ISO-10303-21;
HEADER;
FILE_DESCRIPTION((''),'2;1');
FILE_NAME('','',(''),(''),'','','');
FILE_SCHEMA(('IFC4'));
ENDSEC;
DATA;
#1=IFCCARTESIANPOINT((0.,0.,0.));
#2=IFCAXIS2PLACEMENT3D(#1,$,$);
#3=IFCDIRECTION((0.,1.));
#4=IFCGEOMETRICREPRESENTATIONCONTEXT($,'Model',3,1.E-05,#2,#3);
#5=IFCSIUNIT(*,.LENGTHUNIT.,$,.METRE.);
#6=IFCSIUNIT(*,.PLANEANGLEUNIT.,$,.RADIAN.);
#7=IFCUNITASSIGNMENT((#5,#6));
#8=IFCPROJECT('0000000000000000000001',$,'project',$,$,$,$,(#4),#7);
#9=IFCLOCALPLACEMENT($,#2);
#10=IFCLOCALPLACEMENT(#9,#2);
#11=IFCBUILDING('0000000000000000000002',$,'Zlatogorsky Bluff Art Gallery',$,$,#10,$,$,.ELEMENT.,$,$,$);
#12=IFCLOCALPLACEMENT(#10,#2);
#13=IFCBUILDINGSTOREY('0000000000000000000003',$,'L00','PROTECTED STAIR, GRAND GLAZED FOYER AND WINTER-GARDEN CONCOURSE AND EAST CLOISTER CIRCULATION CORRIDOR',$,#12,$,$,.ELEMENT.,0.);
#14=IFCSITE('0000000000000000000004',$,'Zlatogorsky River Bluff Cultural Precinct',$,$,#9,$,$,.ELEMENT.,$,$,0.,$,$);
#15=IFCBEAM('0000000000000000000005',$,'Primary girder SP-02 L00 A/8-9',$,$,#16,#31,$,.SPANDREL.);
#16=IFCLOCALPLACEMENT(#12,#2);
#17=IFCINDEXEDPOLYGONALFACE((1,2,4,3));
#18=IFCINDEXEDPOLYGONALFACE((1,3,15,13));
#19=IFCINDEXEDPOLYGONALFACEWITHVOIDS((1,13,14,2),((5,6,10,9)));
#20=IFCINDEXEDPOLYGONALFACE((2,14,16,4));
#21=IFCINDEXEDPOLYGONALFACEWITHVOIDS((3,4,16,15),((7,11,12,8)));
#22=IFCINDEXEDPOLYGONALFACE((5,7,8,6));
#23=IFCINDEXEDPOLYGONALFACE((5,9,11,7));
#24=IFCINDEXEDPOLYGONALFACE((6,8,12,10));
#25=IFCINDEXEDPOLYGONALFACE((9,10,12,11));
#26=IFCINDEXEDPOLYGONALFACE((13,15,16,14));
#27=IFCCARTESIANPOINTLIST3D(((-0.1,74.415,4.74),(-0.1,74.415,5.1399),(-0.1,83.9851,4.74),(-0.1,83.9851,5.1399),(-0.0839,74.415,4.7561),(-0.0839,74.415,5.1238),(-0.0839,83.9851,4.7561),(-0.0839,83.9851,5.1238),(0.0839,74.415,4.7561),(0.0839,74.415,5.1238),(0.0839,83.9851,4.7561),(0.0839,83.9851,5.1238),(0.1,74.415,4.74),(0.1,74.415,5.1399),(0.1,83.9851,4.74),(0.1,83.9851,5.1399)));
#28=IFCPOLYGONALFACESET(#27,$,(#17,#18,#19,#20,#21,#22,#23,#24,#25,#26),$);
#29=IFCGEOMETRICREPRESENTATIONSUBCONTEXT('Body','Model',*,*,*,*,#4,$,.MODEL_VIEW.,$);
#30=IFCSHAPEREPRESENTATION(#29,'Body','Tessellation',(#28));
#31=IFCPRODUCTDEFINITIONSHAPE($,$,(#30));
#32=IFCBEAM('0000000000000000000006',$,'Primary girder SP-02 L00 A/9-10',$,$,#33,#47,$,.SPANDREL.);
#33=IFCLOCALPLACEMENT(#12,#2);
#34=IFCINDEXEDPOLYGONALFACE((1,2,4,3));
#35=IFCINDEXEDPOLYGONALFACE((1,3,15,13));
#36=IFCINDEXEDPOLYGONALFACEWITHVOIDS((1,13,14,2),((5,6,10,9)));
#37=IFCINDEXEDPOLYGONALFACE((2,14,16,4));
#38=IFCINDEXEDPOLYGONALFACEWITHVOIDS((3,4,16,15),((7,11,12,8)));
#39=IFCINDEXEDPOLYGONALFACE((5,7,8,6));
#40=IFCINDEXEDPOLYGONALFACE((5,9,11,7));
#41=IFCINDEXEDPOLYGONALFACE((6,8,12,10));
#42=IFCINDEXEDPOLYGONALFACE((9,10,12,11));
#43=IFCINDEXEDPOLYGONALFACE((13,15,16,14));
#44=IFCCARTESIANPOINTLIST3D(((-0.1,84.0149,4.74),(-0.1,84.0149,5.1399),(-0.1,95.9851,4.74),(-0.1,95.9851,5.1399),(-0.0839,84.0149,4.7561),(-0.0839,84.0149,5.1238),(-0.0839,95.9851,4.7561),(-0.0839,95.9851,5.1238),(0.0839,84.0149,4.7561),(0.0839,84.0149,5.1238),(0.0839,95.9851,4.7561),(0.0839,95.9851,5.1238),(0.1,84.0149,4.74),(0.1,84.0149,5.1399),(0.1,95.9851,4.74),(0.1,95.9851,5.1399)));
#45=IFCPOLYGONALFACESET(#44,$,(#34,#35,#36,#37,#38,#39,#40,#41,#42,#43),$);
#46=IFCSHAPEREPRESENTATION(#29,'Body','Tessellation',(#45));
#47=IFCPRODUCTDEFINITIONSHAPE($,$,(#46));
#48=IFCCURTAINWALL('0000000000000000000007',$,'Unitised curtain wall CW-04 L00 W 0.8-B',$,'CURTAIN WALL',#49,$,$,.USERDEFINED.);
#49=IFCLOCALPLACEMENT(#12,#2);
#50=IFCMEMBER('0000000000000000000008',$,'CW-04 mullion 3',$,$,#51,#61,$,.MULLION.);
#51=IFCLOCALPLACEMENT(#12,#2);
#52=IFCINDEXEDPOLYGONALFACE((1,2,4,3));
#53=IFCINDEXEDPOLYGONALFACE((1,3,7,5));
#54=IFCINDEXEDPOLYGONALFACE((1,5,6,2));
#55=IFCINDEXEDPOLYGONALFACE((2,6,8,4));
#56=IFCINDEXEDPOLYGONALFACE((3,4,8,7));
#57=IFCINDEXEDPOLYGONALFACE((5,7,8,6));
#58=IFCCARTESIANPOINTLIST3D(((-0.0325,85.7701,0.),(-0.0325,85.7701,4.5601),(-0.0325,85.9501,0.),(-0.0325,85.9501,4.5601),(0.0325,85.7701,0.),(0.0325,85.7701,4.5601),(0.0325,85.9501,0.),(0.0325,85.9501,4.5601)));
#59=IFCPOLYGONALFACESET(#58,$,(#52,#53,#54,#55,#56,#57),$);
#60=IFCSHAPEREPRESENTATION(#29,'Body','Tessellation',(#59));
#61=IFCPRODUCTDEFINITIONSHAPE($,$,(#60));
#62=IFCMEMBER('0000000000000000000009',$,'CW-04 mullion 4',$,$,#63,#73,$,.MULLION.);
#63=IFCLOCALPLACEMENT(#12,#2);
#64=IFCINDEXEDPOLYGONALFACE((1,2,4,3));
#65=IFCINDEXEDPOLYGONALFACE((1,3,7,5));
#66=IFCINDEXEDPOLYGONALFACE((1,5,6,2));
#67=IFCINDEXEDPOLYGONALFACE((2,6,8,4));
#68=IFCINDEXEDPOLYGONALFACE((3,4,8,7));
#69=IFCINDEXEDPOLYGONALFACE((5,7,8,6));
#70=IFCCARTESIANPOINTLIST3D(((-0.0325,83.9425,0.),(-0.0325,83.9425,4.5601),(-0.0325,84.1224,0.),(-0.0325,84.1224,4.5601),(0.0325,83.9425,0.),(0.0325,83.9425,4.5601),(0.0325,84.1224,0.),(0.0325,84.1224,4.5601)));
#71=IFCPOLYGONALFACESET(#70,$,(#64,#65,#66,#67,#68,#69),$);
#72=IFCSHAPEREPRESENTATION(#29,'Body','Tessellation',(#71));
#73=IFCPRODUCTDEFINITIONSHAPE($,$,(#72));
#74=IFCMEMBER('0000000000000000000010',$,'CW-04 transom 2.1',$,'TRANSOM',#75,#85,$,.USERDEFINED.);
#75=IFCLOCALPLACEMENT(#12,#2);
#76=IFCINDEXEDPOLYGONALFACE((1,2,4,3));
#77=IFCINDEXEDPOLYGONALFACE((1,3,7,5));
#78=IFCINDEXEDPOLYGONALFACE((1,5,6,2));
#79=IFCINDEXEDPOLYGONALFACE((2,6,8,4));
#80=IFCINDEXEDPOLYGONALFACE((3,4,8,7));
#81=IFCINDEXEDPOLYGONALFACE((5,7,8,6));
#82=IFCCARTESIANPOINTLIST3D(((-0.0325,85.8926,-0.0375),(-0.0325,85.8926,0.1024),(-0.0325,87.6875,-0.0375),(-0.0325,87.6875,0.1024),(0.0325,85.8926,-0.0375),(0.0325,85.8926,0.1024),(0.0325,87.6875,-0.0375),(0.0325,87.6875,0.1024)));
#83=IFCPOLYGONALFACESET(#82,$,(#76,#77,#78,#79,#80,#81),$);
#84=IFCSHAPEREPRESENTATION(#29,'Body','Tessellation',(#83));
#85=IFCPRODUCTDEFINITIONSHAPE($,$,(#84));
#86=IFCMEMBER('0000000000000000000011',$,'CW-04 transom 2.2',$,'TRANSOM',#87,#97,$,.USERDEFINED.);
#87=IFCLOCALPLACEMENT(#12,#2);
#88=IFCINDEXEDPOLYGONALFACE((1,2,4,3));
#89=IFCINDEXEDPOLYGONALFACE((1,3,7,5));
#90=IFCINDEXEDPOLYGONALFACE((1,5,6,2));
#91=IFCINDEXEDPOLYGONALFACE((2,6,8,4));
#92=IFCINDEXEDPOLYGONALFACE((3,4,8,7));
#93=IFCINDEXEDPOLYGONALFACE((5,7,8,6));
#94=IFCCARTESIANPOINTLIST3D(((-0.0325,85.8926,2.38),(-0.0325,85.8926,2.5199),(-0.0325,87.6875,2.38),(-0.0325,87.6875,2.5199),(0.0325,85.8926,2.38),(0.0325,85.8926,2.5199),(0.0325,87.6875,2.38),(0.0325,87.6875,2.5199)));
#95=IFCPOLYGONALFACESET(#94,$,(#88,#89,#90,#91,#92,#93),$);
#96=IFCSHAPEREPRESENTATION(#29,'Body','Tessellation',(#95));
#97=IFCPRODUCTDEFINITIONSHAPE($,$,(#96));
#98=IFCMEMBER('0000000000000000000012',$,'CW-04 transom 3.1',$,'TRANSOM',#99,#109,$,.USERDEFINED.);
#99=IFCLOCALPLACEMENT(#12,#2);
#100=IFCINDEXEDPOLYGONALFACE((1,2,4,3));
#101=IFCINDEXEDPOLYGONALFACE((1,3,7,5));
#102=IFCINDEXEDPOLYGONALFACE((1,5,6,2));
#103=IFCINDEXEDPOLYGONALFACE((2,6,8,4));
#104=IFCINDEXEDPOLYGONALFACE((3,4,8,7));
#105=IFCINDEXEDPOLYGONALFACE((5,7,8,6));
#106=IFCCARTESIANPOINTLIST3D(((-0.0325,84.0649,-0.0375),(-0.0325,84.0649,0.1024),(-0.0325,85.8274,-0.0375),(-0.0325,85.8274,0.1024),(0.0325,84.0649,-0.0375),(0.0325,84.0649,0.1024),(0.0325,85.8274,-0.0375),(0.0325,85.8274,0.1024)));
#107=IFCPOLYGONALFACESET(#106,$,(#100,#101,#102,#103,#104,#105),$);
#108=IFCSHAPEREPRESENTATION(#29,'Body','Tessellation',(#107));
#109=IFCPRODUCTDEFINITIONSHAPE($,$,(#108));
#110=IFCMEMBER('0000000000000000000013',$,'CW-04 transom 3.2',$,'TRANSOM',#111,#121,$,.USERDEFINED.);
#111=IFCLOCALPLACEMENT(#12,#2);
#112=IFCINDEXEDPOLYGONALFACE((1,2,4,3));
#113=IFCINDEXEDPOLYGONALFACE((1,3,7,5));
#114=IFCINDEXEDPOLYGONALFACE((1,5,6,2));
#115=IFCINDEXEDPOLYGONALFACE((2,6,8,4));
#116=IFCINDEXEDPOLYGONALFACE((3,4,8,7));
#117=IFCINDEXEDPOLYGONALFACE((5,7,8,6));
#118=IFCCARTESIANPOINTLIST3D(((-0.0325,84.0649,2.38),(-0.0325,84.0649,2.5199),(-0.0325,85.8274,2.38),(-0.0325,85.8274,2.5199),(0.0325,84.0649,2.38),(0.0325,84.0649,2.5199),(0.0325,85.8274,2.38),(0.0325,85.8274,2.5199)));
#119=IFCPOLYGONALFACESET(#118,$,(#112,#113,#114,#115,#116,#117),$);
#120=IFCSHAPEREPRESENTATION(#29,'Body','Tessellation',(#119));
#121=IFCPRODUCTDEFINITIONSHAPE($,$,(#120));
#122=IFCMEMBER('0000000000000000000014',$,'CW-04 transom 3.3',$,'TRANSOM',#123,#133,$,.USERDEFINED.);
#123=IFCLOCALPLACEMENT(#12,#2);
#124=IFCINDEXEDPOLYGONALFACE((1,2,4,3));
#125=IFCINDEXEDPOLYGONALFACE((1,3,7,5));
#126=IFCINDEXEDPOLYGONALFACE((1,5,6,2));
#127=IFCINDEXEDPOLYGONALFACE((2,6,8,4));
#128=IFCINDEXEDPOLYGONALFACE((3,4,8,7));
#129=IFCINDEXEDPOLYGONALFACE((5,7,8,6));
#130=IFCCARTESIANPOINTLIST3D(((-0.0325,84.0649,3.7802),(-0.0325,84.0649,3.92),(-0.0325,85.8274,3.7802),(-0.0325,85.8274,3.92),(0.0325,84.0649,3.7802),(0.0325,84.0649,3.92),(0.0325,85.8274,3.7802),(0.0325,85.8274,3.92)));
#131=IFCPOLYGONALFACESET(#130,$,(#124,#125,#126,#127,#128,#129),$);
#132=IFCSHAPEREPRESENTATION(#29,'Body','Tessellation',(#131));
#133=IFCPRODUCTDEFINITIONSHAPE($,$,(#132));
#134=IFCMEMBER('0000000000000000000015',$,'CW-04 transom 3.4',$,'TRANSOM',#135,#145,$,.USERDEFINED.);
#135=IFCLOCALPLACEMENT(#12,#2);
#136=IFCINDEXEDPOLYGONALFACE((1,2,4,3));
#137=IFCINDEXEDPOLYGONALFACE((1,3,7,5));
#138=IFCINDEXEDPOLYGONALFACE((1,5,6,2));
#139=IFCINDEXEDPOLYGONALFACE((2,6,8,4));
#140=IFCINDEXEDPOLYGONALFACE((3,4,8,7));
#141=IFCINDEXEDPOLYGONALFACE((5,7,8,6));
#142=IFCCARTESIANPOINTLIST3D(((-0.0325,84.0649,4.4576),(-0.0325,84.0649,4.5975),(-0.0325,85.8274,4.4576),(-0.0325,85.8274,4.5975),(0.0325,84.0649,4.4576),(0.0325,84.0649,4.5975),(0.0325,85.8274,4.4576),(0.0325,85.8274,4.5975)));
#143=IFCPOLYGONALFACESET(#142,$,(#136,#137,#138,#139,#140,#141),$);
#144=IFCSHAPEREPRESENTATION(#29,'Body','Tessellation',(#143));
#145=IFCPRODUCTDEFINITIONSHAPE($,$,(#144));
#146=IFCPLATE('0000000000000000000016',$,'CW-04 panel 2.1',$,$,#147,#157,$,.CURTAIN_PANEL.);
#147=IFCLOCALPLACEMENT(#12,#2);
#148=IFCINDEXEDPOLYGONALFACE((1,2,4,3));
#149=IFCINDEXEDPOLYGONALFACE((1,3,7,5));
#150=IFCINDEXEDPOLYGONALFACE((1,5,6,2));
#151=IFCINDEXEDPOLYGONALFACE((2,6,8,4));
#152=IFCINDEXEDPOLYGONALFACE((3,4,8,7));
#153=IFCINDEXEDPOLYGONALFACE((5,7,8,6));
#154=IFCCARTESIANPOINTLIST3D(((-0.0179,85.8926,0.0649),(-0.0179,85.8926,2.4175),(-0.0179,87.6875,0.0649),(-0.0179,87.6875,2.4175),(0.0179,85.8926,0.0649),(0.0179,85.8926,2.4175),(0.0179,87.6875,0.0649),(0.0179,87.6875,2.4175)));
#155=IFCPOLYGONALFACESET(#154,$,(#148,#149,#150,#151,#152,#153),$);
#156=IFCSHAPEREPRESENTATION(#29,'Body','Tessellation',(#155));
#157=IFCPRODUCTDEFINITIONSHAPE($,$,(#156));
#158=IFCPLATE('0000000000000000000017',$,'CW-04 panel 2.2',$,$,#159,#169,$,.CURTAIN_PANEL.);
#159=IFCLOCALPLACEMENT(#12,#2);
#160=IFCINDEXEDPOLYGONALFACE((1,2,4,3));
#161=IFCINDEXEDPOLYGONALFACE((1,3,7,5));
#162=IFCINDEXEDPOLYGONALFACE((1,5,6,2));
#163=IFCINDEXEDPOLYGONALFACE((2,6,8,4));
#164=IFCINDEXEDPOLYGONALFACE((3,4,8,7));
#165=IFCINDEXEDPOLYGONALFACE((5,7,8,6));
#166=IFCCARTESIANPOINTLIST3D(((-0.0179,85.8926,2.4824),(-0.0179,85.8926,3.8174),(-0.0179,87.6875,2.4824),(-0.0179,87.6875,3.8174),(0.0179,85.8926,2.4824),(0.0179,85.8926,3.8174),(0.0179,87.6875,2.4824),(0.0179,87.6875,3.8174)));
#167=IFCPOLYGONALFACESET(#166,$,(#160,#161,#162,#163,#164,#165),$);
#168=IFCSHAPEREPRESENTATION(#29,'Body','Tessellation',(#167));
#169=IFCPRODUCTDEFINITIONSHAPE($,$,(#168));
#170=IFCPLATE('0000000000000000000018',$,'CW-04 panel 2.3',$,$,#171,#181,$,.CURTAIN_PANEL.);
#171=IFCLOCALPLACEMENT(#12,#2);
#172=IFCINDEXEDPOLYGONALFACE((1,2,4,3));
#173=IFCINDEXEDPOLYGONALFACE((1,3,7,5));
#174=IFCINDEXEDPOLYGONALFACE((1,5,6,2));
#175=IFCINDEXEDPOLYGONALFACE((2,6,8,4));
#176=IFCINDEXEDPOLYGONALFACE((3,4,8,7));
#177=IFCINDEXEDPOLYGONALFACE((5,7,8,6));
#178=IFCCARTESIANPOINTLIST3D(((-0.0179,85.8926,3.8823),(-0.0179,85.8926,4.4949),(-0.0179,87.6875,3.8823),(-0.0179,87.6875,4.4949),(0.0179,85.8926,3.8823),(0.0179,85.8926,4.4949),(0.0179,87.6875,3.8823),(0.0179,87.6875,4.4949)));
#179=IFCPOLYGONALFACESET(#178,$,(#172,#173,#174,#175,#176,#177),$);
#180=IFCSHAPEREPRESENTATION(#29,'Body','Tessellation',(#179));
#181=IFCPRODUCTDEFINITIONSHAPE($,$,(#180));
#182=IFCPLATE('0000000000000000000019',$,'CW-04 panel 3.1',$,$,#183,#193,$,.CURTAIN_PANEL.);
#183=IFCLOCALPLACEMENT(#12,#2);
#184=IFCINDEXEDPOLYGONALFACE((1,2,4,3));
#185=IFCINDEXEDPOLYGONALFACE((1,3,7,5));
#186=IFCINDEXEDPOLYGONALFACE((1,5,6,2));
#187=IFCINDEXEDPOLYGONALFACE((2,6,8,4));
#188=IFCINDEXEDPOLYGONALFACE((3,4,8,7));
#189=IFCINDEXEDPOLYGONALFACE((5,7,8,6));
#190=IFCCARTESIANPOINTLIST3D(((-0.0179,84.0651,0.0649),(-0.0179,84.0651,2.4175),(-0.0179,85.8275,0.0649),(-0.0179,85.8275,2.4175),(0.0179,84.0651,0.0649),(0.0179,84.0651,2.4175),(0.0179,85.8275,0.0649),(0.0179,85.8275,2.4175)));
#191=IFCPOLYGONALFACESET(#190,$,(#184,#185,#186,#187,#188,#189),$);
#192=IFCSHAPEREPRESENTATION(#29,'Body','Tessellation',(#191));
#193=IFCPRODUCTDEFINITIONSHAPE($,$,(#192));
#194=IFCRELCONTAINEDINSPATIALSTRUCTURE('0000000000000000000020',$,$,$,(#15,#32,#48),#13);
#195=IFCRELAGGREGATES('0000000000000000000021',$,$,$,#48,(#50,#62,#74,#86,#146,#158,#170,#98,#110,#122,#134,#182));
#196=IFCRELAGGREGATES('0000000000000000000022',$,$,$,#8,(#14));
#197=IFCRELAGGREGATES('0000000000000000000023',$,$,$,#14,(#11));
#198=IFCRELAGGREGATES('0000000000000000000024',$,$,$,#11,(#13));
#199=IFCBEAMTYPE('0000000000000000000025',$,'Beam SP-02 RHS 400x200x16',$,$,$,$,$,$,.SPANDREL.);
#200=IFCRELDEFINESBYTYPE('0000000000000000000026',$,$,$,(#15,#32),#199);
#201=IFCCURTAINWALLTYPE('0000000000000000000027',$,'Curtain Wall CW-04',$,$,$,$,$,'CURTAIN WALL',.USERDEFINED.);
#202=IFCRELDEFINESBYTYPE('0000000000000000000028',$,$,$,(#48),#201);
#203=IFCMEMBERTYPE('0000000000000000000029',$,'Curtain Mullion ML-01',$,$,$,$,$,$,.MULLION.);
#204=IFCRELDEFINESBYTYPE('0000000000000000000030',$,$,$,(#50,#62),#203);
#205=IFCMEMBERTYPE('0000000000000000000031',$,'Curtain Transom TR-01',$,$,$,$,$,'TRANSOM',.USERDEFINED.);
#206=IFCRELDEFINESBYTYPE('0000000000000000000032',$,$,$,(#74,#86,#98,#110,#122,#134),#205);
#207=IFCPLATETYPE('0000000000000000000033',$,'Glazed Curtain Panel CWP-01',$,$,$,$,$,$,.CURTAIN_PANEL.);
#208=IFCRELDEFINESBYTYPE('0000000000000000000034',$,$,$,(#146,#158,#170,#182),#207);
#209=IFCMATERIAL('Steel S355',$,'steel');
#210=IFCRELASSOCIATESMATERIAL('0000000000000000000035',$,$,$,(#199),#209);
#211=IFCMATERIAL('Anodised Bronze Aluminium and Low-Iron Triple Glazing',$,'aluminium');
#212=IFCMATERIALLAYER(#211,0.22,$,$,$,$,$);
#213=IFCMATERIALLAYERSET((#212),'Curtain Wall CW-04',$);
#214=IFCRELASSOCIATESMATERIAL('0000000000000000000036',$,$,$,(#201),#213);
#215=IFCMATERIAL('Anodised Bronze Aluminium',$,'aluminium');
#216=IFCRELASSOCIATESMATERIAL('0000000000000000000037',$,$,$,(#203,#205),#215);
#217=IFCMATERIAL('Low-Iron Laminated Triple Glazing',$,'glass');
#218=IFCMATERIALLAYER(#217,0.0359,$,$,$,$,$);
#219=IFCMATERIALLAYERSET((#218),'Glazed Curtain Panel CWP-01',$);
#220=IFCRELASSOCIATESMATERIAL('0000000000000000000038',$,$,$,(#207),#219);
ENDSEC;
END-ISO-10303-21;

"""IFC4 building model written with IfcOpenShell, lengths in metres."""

from ifc_helpers import new_model, si_unit, direction, frame, origin, origin_2d, place, context, subcontext, project, spatial, rectangle, hollow_rectangle, extrude, material, layer, layer_set, material_profile, profile_set, type_object, element, aggregate, save


model = new_model("IFC4")

# Units and contexts
model_context = context("Model", 3, precision=1e-05, world=origin(), true_north=direction((0.0, 1.0)))
body_context = subcontext(model_context, "Body", "Model", "MODEL_VIEW")
ifc_project = project(units=[si_unit("LENGTHUNIT", "METRE"), si_unit("PLANEANGLEUNIT", "RADIAN")], contexts=[model_context])

# Site, building, storey
site_placement = place(None, origin())
site = spatial("IfcSite", under=ifc_project, at=site_placement, Name="Zlatogorsky River Bluff Cultural Precinct", CompositionType="ELEMENT", RefElevation=0.0)
building_placement = place(site_placement, origin())
building = spatial("IfcBuilding", under=site, at=building_placement, Name="Zlatogorsky Bluff Art Gallery", CompositionType="ELEMENT")
storey_placement = place(building_placement, origin())
storey = spatial("IfcBuildingStorey", under=building, at=storey_placement, Name="L00", Description="PROTECTED STAIR, GRAND GLAZED FOYER AND WINTER-GARDEN CONCOURSE AND EAST CLOISTER CIRCULATION CORRIDOR", CompositionType="ELEMENT", Elevation=0.0)

# Shared definitions
ifc_material_1 = material(Name="Steel S355", Category="steel")

# Beams
ifc_material_profile_1 = material_profile(ifc_material_1, hollow_rectangle(XDim=0.2, YDim=0.3999, WallThickness=0.0161, at=origin_2d()), Name="RHS 400x200x16")
ifc_profile_set_1 = profile_set([ifc_material_profile_1], Name="Steel S355")
beam_type_1 = type_object("IfcBeamType", Name="Beam SP-02 RHS 400x200x16", PredefinedType="SPANDREL", material=ifc_profile_set_1)
beam_1_placement = place(storey_placement, frame((0.0, 74.415, 4.9399), z_axis=(0.0, 1.0, 0.0), x_axis=(-1.0, 0.0, 0.0)))
element("IfcBeam", 1, at=beam_1_placement, inside=storey, type_object=beam_type_1, Name="Primary girder SP-02 L00 A/8-9", PredefinedType="SPANDREL", context=body_context, shape_type="SweptSolid", body=[
    extrude(hollow_rectangle(XDim=0.2, YDim=0.3999, WallThickness=0.0161, at=origin_2d()), origin(), (0.0, 0.0, 1.0), 9.5701),
])
beam_2_placement = place(storey_placement, frame((0.0, 84.0149, 4.9399), z_axis=(0.0, 1.0, 0.0), x_axis=(-1.0, 0.0, 0.0)))
element("IfcBeam", 2, at=beam_2_placement, inside=storey, type_object=beam_type_1, Name="Primary girder SP-02 L00 A/9-10", PredefinedType="SPANDREL", context=body_context, shape_type="SweptSolid", body=[
    extrude(hollow_rectangle(XDim=0.2, YDim=0.3999, WallThickness=0.0161, at=origin_2d()), origin(), (0.0, 0.0, 1.0), 11.9702),
])

# Curtain wall, members, plates
ifc_material_2 = material(Name="Anodised Bronze Aluminium and Low-Iron Triple Glazing", Category="aluminium")
ifc_layer_1 = layer(ifc_material_2, 0.22)
ifc_layer_set_1 = layer_set([ifc_layer_1], Name="Curtain Wall CW-04")
curtain_wall_type = type_object("IfcCurtainWallType", Name="Curtain Wall CW-04", ElementType="CURTAIN WALL", PredefinedType="USERDEFINED", material=ifc_layer_set_1)
curtain_wall_placement = place(storey_placement, origin())
curtain_wall = element("IfcCurtainWall", 3, at=curtain_wall_placement, inside=storey, type_object=curtain_wall_type, Name="Unitised curtain wall CW-04 L00 W 0.8-B", ObjectType="CURTAIN WALL", PredefinedType="USERDEFINED")
ifc_material_3 = material(Name="Anodised Bronze Aluminium", Category="aluminium")
ifc_material_profile_2 = material_profile(ifc_material_3, rectangle(XDim=0.0649, YDim=0.1799, at=origin_2d()), Name="ALU MULLION 65x180")
ifc_profile_set_2 = profile_set([ifc_material_profile_2], Name="Anodised Bronze Aluminium")
member_type_1 = type_object("IfcMemberType", Name="Curtain Mullion ML-01", PredefinedType="MULLION", material=ifc_profile_set_2)
member_1_placement = place(storey_placement, frame((0.0, 85.8601, 0.0), z_axis=(0.0, 0.0, 1.0), x_axis=(1.0, 0.0, 0.0)))
member_1 = element("IfcMember", 4, at=member_1_placement, type_object=member_type_1, Name="CW-04 mullion 3", PredefinedType="MULLION", context=body_context, shape_type="SweptSolid", body=[
    extrude(rectangle(XDim=0.0649, YDim=0.1799, at=origin_2d()), origin(), (0.0, 0.0, 1.0), 4.5601),
])
member_2_placement = place(storey_placement, frame((0.0, 84.0325, 0.0), z_axis=(0.0, 0.0, 1.0), x_axis=(1.0, 0.0, 0.0)))
member_2 = element("IfcMember", 5, at=member_2_placement, type_object=member_type_1, Name="CW-04 mullion 4", PredefinedType="MULLION", context=body_context, shape_type="SweptSolid", body=[
    extrude(rectangle(XDim=0.0649, YDim=0.1799, at=origin_2d()), origin(), (0.0, 0.0, 1.0), 4.5601),
])
ifc_material_profile_3 = material_profile(ifc_material_3, rectangle(XDim=0.0649, YDim=0.1399, at=origin_2d()), Name="ALU TRANSOM 65x140")
ifc_profile_set_3 = profile_set([ifc_material_profile_3], Name="Anodised Bronze Aluminium")
member_type_2 = type_object("IfcMemberType", Name="Curtain Transom TR-01", ElementType="TRANSOM", PredefinedType="USERDEFINED", material=ifc_profile_set_3)
member_3_placement = place(storey_placement, frame((0.0, 87.6875, 0.0325), z_axis=(0.0, -1.0, 0.0), x_axis=(1.0, 0.0, 0.0)))
member_3 = element("IfcMember", 6, at=member_3_placement, type_object=member_type_2, Name="CW-04 transom 2.1", ObjectType="TRANSOM", PredefinedType="USERDEFINED", context=body_context, shape_type="SweptSolid", body=[
    extrude(rectangle(XDim=0.0649, YDim=0.1399, at=origin_2d()), origin(), (0.0, 0.0, 1.0), 1.7949),
])
member_4_placement = place(storey_placement, frame((0.0, 87.6875, 2.45), z_axis=(0.0, -1.0, 0.0), x_axis=(1.0, 0.0, 0.0)))
member_4 = element("IfcMember", 7, at=member_4_placement, type_object=member_type_2, Name="CW-04 transom 2.2", ObjectType="TRANSOM", PredefinedType="USERDEFINED", context=body_context, shape_type="SweptSolid", body=[
    extrude(rectangle(XDim=0.0649, YDim=0.1399, at=origin_2d()), origin(), (0.0, 0.0, 1.0), 1.7949),
])
member_5_placement = place(storey_placement, frame((0.0, 85.8274, 0.0325), z_axis=(0.0, -1.0, 0.0), x_axis=(1.0, 0.0, 0.0)))
member_5 = element("IfcMember", 8, at=member_5_placement, type_object=member_type_2, Name="CW-04 transom 3.1", ObjectType="TRANSOM", PredefinedType="USERDEFINED", context=body_context, shape_type="SweptSolid", body=[
    extrude(rectangle(XDim=0.0649, YDim=0.1399, at=origin_2d()), origin(), (0.0, 0.0, 1.0), 1.7625),
])
member_6_placement = place(storey_placement, frame((0.0, 85.8274, 2.45), z_axis=(0.0, -1.0, 0.0), x_axis=(1.0, 0.0, 0.0)))
member_6 = element("IfcMember", 9, at=member_6_placement, type_object=member_type_2, Name="CW-04 transom 3.2", ObjectType="TRANSOM", PredefinedType="USERDEFINED", context=body_context, shape_type="SweptSolid", body=[
    extrude(rectangle(XDim=0.0649, YDim=0.1399, at=origin_2d()), origin(), (0.0, 0.0, 1.0), 1.7625),
])
member_7_placement = place(storey_placement, frame((0.0, 85.8274, 3.8501), z_axis=(0.0, -1.0, 0.0), x_axis=(1.0, 0.0, 0.0)))
member_7 = element("IfcMember", 10, at=member_7_placement, type_object=member_type_2, Name="CW-04 transom 3.3", ObjectType="TRANSOM", PredefinedType="USERDEFINED", context=body_context, shape_type="SweptSolid", body=[
    extrude(rectangle(XDim=0.0649, YDim=0.1399, at=origin_2d()), origin(), (0.0, 0.0, 1.0), 1.7625),
])
member_8_placement = place(storey_placement, frame((0.0, 85.8274, 4.5276), z_axis=(0.0, -1.0, 0.0), x_axis=(1.0, 0.0, 0.0)))
member_8 = element("IfcMember", 11, at=member_8_placement, type_object=member_type_2, Name="CW-04 transom 3.4", ObjectType="TRANSOM", PredefinedType="USERDEFINED", context=body_context, shape_type="SweptSolid", body=[
    extrude(rectangle(XDim=0.0649, YDim=0.1399, at=origin_2d()), origin(), (0.0, 0.0, 1.0), 1.7625),
])
ifc_material_4 = material(Name="Low-Iron Laminated Triple Glazing", Category="glass")
ifc_layer_2 = layer(ifc_material_4, 0.0359)
ifc_layer_set_2 = layer_set([ifc_layer_2], Name="Glazed Curtain Panel CWP-01")
plate_type = type_object("IfcPlateType", Name="Glazed Curtain Panel CWP-01", PredefinedType="CURTAIN_PANEL", material=ifc_layer_set_2)
plate_1_placement = place(storey_placement, frame((0.0, 86.79, 0.0649), z_axis=(0.0, 0.0, 1.0), x_axis=(0.0, -1.0, 0.0)))
plate_1 = element("IfcPlate", 12, at=plate_1_placement, type_object=plate_type, Name="CW-04 panel 2.1", PredefinedType="CURTAIN_PANEL", context=body_context, shape_type="SweptSolid", body=[
    extrude(rectangle(XDim=1.7949, YDim=0.0359, at=origin_2d()), origin(), (0.0, 0.0, 1.0), 2.3525),
])
plate_2_placement = place(storey_placement, frame((0.0, 86.79, 2.4824), z_axis=(0.0, 0.0, 1.0), x_axis=(0.0, -1.0, 0.0)))
plate_2 = element("IfcPlate", 13, at=plate_2_placement, type_object=plate_type, Name="CW-04 panel 2.2", PredefinedType="CURTAIN_PANEL", context=body_context, shape_type="SweptSolid", body=[
    extrude(rectangle(XDim=1.7949, YDim=0.0359, at=origin_2d()), origin(), (0.0, 0.0, 1.0), 1.335),
])
plate_3_placement = place(storey_placement, frame((0.0, 86.79, 3.8823), z_axis=(0.0, 0.0, 1.0), x_axis=(0.0, -1.0, 0.0)))
plate_3 = element("IfcPlate", 14, at=plate_3_placement, type_object=plate_type, Name="CW-04 panel 2.3", PredefinedType="CURTAIN_PANEL", context=body_context, shape_type="SweptSolid", body=[
    extrude(rectangle(XDim=1.7949, YDim=0.0359, at=origin_2d()), origin(), (0.0, 0.0, 1.0), 0.6125),
])
plate_4_placement = place(storey_placement, frame((0.0, 84.9463, 0.0649), z_axis=(0.0, 0.0, 1.0), x_axis=(0.0, -1.0, 0.0)))
plate_4 = element("IfcPlate", 15, at=plate_4_placement, type_object=plate_type, Name="CW-04 panel 3.1", PredefinedType="CURTAIN_PANEL", context=body_context, shape_type="SweptSolid", body=[
    extrude(rectangle(XDim=1.7625, YDim=0.0359, at=origin_2d()), origin(), (0.0, 0.0, 1.0), 2.3525),
])
aggregate(curtain_wall, [member_1, member_2, member_3, member_4, plate_1, plate_2, plate_3, member_5, member_6, member_7, member_8, plate_4])

save(model, "model.ifc")
